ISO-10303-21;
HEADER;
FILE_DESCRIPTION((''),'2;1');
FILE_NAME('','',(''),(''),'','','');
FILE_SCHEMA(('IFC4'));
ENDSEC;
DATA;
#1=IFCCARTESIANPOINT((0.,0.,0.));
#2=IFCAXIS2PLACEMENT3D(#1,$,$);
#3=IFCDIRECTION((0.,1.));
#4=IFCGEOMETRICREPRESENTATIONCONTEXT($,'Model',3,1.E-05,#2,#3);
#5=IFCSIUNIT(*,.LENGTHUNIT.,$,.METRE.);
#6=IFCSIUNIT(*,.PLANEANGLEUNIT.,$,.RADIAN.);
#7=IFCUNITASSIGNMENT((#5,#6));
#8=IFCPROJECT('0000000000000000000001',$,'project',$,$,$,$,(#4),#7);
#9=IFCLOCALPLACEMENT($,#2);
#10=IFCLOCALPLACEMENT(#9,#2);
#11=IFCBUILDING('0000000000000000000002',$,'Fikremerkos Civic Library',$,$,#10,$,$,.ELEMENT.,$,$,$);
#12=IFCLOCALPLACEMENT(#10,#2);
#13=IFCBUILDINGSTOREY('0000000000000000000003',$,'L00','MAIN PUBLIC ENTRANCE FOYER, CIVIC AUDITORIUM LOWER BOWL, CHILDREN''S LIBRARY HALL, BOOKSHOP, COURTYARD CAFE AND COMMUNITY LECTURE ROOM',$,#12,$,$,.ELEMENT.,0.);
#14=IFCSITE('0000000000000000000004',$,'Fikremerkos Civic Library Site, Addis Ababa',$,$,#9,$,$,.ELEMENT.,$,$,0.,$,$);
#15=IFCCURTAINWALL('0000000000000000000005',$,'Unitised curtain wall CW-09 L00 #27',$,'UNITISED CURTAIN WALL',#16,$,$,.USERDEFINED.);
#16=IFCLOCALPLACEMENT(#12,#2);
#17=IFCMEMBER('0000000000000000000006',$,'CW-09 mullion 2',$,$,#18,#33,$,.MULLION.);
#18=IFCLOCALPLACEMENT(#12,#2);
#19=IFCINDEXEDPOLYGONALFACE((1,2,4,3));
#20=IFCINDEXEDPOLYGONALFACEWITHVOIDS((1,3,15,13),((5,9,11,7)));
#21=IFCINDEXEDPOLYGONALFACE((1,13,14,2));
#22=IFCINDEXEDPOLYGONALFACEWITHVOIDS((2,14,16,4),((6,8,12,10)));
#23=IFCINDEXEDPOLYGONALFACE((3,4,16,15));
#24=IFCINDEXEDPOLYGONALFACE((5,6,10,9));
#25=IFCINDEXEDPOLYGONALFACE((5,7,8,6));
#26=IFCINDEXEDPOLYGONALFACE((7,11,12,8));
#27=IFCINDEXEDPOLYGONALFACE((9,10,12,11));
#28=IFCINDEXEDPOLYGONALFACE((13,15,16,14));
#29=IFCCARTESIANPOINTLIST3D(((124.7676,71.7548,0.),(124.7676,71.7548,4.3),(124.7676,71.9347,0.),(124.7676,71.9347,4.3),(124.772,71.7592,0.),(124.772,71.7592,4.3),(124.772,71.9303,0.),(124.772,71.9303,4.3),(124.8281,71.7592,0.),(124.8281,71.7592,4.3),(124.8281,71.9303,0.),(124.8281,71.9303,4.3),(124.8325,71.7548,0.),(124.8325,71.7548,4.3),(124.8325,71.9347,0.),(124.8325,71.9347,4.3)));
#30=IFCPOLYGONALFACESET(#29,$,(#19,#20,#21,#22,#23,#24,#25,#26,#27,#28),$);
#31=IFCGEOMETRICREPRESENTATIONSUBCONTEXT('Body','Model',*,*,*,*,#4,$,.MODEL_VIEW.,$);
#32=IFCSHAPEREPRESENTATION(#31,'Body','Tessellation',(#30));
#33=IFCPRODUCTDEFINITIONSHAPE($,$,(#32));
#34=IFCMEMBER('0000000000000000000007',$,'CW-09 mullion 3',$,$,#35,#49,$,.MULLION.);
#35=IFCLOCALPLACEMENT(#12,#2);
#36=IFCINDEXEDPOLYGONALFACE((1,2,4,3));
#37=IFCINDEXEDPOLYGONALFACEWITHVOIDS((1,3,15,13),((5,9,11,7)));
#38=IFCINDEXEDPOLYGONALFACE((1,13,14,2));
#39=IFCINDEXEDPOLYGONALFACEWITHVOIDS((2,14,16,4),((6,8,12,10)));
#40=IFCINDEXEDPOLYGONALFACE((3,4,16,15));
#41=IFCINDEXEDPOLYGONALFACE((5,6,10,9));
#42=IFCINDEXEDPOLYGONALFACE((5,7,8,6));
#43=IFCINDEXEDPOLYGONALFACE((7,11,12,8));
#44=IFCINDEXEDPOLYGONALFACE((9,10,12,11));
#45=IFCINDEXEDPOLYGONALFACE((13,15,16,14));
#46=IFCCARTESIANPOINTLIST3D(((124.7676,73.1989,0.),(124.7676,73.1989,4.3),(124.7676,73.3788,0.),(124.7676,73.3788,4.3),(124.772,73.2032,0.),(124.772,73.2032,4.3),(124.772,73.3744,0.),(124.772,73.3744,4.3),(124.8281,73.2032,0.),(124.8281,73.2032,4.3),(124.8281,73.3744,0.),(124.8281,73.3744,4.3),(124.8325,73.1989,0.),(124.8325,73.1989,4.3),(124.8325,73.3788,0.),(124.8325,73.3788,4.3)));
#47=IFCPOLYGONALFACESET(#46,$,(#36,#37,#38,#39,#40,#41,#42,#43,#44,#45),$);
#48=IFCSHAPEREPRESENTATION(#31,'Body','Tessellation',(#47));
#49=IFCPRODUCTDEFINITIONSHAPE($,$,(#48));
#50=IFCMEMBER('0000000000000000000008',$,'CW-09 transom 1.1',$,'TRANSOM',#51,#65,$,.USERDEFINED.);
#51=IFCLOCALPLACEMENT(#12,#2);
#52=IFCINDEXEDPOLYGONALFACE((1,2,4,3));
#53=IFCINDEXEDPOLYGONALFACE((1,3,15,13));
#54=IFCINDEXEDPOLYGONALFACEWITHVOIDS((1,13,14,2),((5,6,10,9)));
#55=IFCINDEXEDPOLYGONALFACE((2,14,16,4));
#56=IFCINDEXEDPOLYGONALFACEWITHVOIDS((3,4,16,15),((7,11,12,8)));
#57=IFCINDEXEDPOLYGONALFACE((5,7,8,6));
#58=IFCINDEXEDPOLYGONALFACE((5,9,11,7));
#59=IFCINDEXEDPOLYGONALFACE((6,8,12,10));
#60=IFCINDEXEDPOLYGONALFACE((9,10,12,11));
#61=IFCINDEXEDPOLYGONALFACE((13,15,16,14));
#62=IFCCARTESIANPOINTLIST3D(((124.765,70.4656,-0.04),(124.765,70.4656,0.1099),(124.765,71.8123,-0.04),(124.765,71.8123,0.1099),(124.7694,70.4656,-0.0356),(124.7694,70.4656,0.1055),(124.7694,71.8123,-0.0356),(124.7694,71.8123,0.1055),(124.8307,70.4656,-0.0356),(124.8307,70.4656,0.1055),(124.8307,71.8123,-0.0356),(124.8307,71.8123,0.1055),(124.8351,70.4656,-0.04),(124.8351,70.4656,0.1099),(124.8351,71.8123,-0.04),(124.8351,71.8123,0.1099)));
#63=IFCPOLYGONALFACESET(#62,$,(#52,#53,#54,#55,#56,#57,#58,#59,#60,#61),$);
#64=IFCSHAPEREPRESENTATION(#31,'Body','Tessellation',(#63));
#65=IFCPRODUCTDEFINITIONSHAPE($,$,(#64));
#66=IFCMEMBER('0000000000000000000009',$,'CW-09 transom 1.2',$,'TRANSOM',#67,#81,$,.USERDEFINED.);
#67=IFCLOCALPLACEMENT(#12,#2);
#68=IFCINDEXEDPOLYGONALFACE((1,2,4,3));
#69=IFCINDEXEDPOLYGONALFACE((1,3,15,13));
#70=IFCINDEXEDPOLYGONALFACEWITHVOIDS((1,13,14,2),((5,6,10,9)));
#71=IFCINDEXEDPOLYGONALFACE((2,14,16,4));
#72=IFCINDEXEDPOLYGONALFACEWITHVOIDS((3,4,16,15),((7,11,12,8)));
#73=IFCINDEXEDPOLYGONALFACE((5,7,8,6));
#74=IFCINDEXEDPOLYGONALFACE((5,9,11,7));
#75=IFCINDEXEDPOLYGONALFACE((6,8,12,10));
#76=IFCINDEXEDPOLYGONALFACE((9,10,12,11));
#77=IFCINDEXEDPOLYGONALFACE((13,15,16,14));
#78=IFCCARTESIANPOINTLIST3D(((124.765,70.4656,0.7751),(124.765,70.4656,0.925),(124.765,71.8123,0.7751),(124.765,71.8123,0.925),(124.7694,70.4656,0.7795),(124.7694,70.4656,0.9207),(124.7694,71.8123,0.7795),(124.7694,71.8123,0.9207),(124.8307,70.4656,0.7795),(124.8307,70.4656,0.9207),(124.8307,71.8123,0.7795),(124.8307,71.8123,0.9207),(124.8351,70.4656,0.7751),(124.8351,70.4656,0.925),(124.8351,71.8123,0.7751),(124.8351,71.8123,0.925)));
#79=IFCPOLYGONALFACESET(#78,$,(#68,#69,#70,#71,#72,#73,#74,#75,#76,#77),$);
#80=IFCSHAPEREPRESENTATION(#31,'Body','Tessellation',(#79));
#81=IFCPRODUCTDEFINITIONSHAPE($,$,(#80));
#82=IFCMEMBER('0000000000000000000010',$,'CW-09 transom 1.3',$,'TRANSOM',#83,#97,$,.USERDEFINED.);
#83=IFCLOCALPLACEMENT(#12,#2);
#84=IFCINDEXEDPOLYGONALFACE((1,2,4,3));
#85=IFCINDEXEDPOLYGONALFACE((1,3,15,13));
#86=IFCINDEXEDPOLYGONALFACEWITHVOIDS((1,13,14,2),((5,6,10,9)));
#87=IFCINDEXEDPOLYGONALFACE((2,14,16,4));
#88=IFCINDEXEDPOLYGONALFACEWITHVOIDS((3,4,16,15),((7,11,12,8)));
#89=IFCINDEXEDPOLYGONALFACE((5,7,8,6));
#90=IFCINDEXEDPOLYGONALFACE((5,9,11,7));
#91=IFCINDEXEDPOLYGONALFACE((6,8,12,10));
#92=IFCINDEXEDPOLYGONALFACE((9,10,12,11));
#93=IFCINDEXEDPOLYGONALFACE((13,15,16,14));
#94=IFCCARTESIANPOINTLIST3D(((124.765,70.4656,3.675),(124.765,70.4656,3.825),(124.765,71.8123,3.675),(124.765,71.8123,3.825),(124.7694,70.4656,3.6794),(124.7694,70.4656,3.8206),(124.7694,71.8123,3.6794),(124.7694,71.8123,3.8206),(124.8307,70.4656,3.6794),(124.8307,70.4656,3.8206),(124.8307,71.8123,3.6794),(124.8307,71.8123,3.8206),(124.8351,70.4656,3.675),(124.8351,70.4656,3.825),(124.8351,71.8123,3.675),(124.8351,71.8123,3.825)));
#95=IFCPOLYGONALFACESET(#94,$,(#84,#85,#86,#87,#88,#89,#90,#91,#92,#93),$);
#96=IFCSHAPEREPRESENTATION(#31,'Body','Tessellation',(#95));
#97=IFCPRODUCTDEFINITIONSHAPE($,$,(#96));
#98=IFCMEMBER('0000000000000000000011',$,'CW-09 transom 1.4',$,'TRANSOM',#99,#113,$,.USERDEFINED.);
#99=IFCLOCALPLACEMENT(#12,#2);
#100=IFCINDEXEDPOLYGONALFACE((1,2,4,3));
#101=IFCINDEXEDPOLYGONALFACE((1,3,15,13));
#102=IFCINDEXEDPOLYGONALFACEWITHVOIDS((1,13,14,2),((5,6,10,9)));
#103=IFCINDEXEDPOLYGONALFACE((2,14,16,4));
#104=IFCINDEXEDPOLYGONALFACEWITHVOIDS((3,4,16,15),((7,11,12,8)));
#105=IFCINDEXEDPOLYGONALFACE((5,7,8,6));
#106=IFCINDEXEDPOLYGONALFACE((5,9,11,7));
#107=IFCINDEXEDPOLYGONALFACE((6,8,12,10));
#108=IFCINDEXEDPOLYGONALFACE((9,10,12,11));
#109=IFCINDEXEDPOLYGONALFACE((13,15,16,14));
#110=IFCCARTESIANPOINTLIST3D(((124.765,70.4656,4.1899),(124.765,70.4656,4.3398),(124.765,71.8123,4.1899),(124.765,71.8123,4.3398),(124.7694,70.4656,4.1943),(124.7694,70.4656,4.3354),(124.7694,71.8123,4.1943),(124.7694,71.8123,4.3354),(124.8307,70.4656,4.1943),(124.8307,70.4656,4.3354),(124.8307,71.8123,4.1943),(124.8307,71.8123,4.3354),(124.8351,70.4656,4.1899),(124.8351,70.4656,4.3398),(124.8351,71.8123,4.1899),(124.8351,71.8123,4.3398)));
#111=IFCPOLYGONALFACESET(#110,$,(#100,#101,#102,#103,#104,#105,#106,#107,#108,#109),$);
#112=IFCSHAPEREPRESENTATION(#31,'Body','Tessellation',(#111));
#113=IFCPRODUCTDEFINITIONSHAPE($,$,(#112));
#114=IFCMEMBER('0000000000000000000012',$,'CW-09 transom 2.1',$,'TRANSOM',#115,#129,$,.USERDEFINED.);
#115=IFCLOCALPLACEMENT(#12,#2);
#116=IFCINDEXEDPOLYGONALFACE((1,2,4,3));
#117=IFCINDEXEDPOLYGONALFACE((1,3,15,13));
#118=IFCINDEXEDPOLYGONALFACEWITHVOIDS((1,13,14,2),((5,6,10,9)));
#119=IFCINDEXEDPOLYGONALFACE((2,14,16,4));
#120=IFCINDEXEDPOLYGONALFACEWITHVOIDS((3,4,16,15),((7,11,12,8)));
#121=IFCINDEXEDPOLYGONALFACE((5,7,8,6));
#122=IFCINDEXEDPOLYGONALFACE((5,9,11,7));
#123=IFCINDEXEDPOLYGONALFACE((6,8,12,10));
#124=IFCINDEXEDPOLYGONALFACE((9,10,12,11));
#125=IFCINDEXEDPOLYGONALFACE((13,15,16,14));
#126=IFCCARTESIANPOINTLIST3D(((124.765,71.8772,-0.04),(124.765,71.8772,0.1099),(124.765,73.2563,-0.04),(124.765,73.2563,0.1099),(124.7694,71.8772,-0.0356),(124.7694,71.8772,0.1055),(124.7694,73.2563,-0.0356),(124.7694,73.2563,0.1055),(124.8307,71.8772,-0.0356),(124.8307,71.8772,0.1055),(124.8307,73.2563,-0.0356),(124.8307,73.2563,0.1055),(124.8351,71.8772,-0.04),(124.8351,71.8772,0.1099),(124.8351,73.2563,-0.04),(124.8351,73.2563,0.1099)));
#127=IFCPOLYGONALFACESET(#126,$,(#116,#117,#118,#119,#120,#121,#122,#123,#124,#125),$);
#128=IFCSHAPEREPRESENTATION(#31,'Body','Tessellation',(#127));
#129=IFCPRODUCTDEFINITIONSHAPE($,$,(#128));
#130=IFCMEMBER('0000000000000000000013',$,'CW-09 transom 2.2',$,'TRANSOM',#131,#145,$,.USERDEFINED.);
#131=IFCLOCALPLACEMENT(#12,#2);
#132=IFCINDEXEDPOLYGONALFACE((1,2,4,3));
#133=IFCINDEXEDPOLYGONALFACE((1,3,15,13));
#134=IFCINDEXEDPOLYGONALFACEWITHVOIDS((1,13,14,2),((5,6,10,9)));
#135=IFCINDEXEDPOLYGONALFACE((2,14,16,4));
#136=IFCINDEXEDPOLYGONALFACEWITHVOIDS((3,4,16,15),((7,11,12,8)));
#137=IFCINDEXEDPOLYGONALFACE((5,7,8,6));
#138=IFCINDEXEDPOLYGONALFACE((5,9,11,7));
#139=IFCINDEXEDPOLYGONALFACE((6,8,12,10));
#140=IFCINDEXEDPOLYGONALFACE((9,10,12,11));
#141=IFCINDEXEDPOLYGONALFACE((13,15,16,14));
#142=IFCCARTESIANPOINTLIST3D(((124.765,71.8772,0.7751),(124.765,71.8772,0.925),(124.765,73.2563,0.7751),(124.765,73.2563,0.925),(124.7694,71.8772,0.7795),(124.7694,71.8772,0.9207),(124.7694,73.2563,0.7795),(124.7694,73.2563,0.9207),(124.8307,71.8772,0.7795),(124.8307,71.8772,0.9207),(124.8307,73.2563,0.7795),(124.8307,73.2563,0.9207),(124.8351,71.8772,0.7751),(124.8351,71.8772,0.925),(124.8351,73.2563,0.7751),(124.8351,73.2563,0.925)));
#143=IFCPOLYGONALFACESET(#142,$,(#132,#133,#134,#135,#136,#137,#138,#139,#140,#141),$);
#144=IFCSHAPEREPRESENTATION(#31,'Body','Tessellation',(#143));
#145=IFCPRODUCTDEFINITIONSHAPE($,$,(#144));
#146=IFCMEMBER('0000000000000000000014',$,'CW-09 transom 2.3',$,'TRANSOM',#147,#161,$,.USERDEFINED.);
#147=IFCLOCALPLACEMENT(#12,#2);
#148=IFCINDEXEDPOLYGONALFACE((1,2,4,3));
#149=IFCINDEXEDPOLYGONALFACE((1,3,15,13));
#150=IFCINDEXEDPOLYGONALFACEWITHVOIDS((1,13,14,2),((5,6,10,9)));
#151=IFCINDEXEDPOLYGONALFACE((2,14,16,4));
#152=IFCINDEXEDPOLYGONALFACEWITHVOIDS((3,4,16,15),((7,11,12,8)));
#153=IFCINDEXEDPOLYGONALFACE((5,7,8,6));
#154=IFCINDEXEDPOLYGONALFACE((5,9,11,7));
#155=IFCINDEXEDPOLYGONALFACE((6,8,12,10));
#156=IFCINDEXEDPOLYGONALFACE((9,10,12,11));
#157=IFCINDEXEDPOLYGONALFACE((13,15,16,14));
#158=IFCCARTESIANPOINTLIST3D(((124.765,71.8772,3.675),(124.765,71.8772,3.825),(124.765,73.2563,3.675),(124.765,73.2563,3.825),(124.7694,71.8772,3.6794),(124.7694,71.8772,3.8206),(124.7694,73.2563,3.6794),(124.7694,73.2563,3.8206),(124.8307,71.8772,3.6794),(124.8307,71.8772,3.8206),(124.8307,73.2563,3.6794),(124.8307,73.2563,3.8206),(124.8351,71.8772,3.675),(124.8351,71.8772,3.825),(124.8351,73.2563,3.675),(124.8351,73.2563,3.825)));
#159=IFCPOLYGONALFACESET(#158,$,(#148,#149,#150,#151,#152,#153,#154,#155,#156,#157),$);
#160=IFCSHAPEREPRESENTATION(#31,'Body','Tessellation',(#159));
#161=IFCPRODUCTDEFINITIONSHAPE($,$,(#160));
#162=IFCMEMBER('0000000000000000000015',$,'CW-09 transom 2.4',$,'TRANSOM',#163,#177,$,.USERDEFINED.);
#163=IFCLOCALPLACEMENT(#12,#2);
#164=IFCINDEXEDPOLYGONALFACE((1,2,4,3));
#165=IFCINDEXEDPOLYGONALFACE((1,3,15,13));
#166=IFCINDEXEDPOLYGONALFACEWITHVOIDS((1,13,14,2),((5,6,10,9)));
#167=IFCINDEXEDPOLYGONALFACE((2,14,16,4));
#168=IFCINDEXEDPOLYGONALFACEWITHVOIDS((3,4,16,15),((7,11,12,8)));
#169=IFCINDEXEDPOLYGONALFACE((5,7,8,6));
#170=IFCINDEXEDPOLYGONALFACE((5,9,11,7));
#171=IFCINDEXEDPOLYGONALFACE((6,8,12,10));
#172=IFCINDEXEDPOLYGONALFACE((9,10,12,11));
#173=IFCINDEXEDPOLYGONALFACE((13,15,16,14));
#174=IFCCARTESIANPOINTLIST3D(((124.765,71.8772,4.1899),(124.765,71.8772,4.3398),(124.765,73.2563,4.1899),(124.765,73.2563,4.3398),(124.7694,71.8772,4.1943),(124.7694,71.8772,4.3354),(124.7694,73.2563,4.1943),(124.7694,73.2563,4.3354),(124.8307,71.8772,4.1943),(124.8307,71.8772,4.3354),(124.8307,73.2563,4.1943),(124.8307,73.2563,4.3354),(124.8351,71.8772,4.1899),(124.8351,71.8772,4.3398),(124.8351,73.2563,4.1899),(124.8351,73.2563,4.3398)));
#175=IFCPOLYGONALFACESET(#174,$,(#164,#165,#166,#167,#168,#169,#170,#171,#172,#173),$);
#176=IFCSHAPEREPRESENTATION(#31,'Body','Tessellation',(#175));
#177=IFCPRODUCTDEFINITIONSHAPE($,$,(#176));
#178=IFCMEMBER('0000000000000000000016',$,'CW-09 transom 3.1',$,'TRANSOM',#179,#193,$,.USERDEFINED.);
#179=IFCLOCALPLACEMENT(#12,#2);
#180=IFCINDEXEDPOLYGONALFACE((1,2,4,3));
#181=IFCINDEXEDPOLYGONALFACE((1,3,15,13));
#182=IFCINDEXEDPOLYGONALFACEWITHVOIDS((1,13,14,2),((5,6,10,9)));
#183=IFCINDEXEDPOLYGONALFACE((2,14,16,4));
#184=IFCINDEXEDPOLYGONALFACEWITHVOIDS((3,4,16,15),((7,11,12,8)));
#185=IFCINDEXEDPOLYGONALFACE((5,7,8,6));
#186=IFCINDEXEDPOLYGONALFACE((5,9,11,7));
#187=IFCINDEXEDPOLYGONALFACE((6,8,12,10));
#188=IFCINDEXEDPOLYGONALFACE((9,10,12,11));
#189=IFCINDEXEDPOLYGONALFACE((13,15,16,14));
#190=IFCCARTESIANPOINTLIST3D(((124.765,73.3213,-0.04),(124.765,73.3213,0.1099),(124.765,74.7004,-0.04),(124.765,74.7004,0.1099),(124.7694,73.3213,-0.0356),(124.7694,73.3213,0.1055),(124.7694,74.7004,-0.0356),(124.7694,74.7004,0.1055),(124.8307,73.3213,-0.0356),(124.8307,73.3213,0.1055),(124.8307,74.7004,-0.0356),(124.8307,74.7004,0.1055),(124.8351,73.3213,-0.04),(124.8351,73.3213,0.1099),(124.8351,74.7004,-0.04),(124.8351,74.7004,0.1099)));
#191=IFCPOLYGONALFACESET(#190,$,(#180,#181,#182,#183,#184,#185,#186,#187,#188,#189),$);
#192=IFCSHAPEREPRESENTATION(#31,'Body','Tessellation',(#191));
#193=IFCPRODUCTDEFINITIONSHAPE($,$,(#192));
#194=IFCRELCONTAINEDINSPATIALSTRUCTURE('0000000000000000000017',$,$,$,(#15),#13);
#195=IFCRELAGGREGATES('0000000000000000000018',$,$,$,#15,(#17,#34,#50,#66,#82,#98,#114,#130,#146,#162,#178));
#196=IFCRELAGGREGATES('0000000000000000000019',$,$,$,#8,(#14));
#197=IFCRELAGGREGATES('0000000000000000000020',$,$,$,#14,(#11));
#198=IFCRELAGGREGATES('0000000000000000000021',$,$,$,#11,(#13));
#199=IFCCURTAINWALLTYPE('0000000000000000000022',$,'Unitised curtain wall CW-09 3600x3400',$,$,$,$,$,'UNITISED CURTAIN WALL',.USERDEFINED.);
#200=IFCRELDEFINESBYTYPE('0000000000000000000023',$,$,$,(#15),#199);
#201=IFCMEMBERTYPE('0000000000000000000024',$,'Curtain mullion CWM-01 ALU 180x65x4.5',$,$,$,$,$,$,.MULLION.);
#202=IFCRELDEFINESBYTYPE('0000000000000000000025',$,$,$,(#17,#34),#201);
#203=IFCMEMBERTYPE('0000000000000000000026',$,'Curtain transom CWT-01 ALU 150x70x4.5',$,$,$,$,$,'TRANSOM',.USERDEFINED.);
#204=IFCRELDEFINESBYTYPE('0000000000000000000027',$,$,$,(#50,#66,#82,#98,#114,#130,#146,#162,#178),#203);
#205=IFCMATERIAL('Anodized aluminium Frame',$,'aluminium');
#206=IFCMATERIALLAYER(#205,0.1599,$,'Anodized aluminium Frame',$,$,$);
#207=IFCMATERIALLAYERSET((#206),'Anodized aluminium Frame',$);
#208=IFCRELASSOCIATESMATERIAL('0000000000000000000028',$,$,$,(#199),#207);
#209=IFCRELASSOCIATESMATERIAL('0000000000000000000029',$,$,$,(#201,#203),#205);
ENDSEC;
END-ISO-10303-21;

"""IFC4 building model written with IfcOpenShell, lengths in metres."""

from ifc_helpers import new_model, si_unit, direction, frame, origin, origin_2d, place, context, subcontext, project, spatial, hollow_rectangle, extrude, material, layer, layer_set, material_profile, profile_set, type_object, element, aggregate, save


model = new_model("IFC4")

# Units and contexts
model_context = context("Model", 3, precision=1e-05, world=origin(), true_north=direction((0.0, 1.0)))
body_context = subcontext(model_context, "Body", "Model", "MODEL_VIEW")
ifc_project = project(units=[si_unit("LENGTHUNIT", "METRE"), si_unit("PLANEANGLEUNIT", "RADIAN")], contexts=[model_context])

# Site, building, storey
site_placement = place(None, origin())
site = spatial("IfcSite", under=ifc_project, at=site_placement, Name="Fikremerkos Civic Library Site, Addis Ababa", CompositionType="ELEMENT", RefElevation=0.0)
building_placement = place(site_placement, origin())
building = spatial("IfcBuilding", under=site, at=building_placement, Name="Fikremerkos Civic Library", CompositionType="ELEMENT")
storey_placement = place(building_placement, origin())
storey = spatial("IfcBuildingStorey", under=building, at=storey_placement, Name="L00", Description="MAIN PUBLIC ENTRANCE FOYER, CIVIC AUDITORIUM LOWER BOWL, CHILDREN'S LIBRARY HALL, BOOKSHOP, COURTYARD CAFE AND COMMUNITY LECTURE ROOM", CompositionType="ELEMENT", Elevation=0.0)

# Curtain wall, members
ifc_material_1 = material(Name="Anodized aluminium Frame", Category="aluminium")
ifc_layer_1 = layer(ifc_material_1, 0.1599, Name="Anodized aluminium Frame")
ifc_layer_set_1 = layer_set([ifc_layer_1], Name="Anodized aluminium Frame")
curtain_wall_type = type_object("IfcCurtainWallType", Name="Unitised curtain wall CW-09 3600x3400", ElementType="UNITISED CURTAIN WALL", PredefinedType="USERDEFINED", material=ifc_layer_set_1)
curtain_wall_placement = place(storey_placement, origin())
curtain_wall = element("IfcCurtainWall", 1, at=curtain_wall_placement, inside=storey, type_object=curtain_wall_type, Name="Unitised curtain wall CW-09 L00 #27", ObjectType="UNITISED CURTAIN WALL", PredefinedType="USERDEFINED")
ifc_material_profile_1 = material_profile(ifc_material_1, hollow_rectangle(XDim=0.0649, YDim=0.1799, WallThickness=0.0044, at=origin_2d()), Name="ALU 180x65x4.5")
ifc_profile_set_1 = profile_set([ifc_material_profile_1], Name="Anodized aluminium Frame")
member_type_1 = type_object("IfcMemberType", Name="Curtain mullion CWM-01 ALU 180x65x4.5", PredefinedType="MULLION", material=ifc_profile_set_1)
member_1_placement = place(storey_placement, frame((124.8, 71.8447, 0.0), z_axis=(0.0, 0.0, 1.0), x_axis=(-1.0, 0.0, 0.0)))
member_1 = element("IfcMember", 2, at=member_1_placement, type_object=member_type_1, Name="CW-09 mullion 2", PredefinedType="MULLION", context=body_context, shape_type="SweptSolid", body=[
    extrude(hollow_rectangle(XDim=0.0649, YDim=0.1799, WallThickness=0.0044, at=origin_2d()), origin(), (0.0, 0.0, 1.0), 4.3),
])
member_2_placement = place(storey_placement, frame((124.8, 73.2888, 0.0), z_axis=(0.0, 0.0, 1.0), x_axis=(-1.0, 0.0, 0.0)))
member_2 = element("IfcMember", 3, at=member_2_placement, type_object=member_type_1, Name="CW-09 mullion 3", PredefinedType="MULLION", context=body_context, shape_type="SweptSolid", body=[
    extrude(hollow_rectangle(XDim=0.0649, YDim=0.1799, WallThickness=0.0044, at=origin_2d()), origin(), (0.0, 0.0, 1.0), 4.3),
])
ifc_material_profile_2 = material_profile(ifc_material_1, hollow_rectangle(XDim=0.0701, YDim=0.1499, WallThickness=0.0044, at=origin_2d()), Name="ALU 150x70x4.5")
ifc_profile_set_2 = profile_set([ifc_material_profile_2], Name="Anodized aluminium Frame")
member_type_2 = type_object("IfcMemberType", Name="Curtain transom CWT-01 ALU 150x70x4.5", ElementType="TRANSOM", PredefinedType="USERDEFINED", material=ifc_profile_set_2)
member_3_placement = place(storey_placement, frame((124.8, 70.4656, 0.0349), z_axis=(0.0, 1.0, 0.0), x_axis=(-1.0, 0.0, 0.0)))
member_3 = element("IfcMember", 4, at=member_3_placement, type_object=member_type_2, Name="CW-09 transom 1.1", ObjectType="TRANSOM", PredefinedType="USERDEFINED", context=body_context, shape_type="SweptSolid", body=[
    extrude(hollow_rectangle(XDim=0.0701, YDim=0.1499, WallThickness=0.0044, at=origin_2d()), origin(), (0.0, 0.0, 1.0), 1.3467),
])
member_4_placement = place(storey_placement, frame((124.8, 70.4656, 0.8501), z_axis=(0.0, 1.0, 0.0), x_axis=(-1.0, 0.0, 0.0)))
member_4 = element("IfcMember", 5, at=member_4_placement, type_object=member_type_2, Name="CW-09 transom 1.2", ObjectType="TRANSOM", PredefinedType="USERDEFINED", context=body_context, shape_type="SweptSolid", body=[
    extrude(hollow_rectangle(XDim=0.0701, YDim=0.1499, WallThickness=0.0044, at=origin_2d()), origin(), (0.0, 0.0, 1.0), 1.3467),
])
member_5_placement = place(storey_placement, frame((124.8, 70.4656, 3.75), z_axis=(0.0, 1.0, 0.0), x_axis=(-1.0, 0.0, 0.0)))
member_5 = element("IfcMember", 6, at=member_5_placement, type_object=member_type_2, Name="CW-09 transom 1.3", ObjectType="TRANSOM", PredefinedType="USERDEFINED", context=body_context, shape_type="SweptSolid", body=[
    extrude(hollow_rectangle(XDim=0.0701, YDim=0.1499, WallThickness=0.0044, at=origin_2d()), origin(), (0.0, 0.0, 1.0), 1.3467),
])
member_6_placement = place(storey_placement, frame((124.8, 70.4656, 4.2649), z_axis=(0.0, 1.0, 0.0), x_axis=(-1.0, 0.0, 0.0)))
member_6 = element("IfcMember", 7, at=member_6_placement, type_object=member_type_2, Name="CW-09 transom 1.4", ObjectType="TRANSOM", PredefinedType="USERDEFINED", context=body_context, shape_type="SweptSolid", body=[
    extrude(hollow_rectangle(XDim=0.0701, YDim=0.1499, WallThickness=0.0044, at=origin_2d()), origin(), (0.0, 0.0, 1.0), 1.3467),
])
member_7_placement = place(storey_placement, frame((124.8, 71.8772, 0.0349), z_axis=(0.0, 1.0, 0.0), x_axis=(-1.0, 0.0, 0.0)))
member_7 = element("IfcMember", 8, at=member_7_placement, type_object=member_type_2, Name="CW-09 transom 2.1", ObjectType="TRANSOM", PredefinedType="USERDEFINED", context=body_context, shape_type="SweptSolid", body=[
    extrude(hollow_rectangle(XDim=0.0701, YDim=0.1499, WallThickness=0.0044, at=origin_2d()), origin(), (0.0, 0.0, 1.0), 1.3792),
])
member_8_placement = place(storey_placement, frame((124.8, 71.8772, 0.8501), z_axis=(0.0, 1.0, 0.0), x_axis=(-1.0, 0.0, 0.0)))
member_8 = element("IfcMember", 9, at=member_8_placement, type_object=member_type_2, Name="CW-09 transom 2.2", ObjectType="TRANSOM", PredefinedType="USERDEFINED", context=body_context, shape_type="SweptSolid", body=[
    extrude(hollow_rectangle(XDim=0.0701, YDim=0.1499, WallThickness=0.0044, at=origin_2d()), origin(), (0.0, 0.0, 1.0), 1.3792),
])
member_9_placement = place(storey_placement, frame((124.8, 71.8772, 3.75), z_axis=(0.0, 1.0, 0.0), x_axis=(-1.0, 0.0, 0.0)))
member_9 = element("IfcMember", 10, at=member_9_placement, type_object=member_type_2, Name="CW-09 transom 2.3", ObjectType="TRANSOM", PredefinedType="USERDEFINED", context=body_context, shape_type="SweptSolid", body=[
    extrude(hollow_rectangle(XDim=0.0701, YDim=0.1499, WallThickness=0.0044, at=origin_2d()), origin(), (0.0, 0.0, 1.0), 1.3792),
])
member_10_placement = place(storey_placement, frame((124.8, 71.8772, 4.2649), z_axis=(0.0, 1.0, 0.0), x_axis=(-1.0, 0.0, 0.0)))
member_10 = element("IfcMember", 11, at=member_10_placement, type_object=member_type_2, Name="CW-09 transom 2.4", ObjectType="TRANSOM", PredefinedType="USERDEFINED", context=body_context, shape_type="SweptSolid", body=[
    extrude(hollow_rectangle(XDim=0.0701, YDim=0.1499, WallThickness=0.0044, at=origin_2d()), origin(), (0.0, 0.0, 1.0), 1.3792),
])
member_11_placement = place(storey_placement, frame((124.8, 73.3213, 0.0349), z_axis=(0.0, 1.0, 0.0), x_axis=(-1.0, 0.0, 0.0)))
member_11 = element("IfcMember", 12, at=member_11_placement, type_object=member_type_2, Name="CW-09 transom 3.1", ObjectType="TRANSOM", PredefinedType="USERDEFINED", context=body_context, shape_type="SweptSolid", body=[
    extrude(hollow_rectangle(XDim=0.0701, YDim=0.1499, WallThickness=0.0044, at=origin_2d()), origin(), (0.0, 0.0, 1.0), 1.3792),
])
aggregate(curtain_wall, [member_1, member_2, member_3, member_4, member_5, member_6, member_7, member_8, member_9, member_10, member_11])

save(model, "model.ifc")
